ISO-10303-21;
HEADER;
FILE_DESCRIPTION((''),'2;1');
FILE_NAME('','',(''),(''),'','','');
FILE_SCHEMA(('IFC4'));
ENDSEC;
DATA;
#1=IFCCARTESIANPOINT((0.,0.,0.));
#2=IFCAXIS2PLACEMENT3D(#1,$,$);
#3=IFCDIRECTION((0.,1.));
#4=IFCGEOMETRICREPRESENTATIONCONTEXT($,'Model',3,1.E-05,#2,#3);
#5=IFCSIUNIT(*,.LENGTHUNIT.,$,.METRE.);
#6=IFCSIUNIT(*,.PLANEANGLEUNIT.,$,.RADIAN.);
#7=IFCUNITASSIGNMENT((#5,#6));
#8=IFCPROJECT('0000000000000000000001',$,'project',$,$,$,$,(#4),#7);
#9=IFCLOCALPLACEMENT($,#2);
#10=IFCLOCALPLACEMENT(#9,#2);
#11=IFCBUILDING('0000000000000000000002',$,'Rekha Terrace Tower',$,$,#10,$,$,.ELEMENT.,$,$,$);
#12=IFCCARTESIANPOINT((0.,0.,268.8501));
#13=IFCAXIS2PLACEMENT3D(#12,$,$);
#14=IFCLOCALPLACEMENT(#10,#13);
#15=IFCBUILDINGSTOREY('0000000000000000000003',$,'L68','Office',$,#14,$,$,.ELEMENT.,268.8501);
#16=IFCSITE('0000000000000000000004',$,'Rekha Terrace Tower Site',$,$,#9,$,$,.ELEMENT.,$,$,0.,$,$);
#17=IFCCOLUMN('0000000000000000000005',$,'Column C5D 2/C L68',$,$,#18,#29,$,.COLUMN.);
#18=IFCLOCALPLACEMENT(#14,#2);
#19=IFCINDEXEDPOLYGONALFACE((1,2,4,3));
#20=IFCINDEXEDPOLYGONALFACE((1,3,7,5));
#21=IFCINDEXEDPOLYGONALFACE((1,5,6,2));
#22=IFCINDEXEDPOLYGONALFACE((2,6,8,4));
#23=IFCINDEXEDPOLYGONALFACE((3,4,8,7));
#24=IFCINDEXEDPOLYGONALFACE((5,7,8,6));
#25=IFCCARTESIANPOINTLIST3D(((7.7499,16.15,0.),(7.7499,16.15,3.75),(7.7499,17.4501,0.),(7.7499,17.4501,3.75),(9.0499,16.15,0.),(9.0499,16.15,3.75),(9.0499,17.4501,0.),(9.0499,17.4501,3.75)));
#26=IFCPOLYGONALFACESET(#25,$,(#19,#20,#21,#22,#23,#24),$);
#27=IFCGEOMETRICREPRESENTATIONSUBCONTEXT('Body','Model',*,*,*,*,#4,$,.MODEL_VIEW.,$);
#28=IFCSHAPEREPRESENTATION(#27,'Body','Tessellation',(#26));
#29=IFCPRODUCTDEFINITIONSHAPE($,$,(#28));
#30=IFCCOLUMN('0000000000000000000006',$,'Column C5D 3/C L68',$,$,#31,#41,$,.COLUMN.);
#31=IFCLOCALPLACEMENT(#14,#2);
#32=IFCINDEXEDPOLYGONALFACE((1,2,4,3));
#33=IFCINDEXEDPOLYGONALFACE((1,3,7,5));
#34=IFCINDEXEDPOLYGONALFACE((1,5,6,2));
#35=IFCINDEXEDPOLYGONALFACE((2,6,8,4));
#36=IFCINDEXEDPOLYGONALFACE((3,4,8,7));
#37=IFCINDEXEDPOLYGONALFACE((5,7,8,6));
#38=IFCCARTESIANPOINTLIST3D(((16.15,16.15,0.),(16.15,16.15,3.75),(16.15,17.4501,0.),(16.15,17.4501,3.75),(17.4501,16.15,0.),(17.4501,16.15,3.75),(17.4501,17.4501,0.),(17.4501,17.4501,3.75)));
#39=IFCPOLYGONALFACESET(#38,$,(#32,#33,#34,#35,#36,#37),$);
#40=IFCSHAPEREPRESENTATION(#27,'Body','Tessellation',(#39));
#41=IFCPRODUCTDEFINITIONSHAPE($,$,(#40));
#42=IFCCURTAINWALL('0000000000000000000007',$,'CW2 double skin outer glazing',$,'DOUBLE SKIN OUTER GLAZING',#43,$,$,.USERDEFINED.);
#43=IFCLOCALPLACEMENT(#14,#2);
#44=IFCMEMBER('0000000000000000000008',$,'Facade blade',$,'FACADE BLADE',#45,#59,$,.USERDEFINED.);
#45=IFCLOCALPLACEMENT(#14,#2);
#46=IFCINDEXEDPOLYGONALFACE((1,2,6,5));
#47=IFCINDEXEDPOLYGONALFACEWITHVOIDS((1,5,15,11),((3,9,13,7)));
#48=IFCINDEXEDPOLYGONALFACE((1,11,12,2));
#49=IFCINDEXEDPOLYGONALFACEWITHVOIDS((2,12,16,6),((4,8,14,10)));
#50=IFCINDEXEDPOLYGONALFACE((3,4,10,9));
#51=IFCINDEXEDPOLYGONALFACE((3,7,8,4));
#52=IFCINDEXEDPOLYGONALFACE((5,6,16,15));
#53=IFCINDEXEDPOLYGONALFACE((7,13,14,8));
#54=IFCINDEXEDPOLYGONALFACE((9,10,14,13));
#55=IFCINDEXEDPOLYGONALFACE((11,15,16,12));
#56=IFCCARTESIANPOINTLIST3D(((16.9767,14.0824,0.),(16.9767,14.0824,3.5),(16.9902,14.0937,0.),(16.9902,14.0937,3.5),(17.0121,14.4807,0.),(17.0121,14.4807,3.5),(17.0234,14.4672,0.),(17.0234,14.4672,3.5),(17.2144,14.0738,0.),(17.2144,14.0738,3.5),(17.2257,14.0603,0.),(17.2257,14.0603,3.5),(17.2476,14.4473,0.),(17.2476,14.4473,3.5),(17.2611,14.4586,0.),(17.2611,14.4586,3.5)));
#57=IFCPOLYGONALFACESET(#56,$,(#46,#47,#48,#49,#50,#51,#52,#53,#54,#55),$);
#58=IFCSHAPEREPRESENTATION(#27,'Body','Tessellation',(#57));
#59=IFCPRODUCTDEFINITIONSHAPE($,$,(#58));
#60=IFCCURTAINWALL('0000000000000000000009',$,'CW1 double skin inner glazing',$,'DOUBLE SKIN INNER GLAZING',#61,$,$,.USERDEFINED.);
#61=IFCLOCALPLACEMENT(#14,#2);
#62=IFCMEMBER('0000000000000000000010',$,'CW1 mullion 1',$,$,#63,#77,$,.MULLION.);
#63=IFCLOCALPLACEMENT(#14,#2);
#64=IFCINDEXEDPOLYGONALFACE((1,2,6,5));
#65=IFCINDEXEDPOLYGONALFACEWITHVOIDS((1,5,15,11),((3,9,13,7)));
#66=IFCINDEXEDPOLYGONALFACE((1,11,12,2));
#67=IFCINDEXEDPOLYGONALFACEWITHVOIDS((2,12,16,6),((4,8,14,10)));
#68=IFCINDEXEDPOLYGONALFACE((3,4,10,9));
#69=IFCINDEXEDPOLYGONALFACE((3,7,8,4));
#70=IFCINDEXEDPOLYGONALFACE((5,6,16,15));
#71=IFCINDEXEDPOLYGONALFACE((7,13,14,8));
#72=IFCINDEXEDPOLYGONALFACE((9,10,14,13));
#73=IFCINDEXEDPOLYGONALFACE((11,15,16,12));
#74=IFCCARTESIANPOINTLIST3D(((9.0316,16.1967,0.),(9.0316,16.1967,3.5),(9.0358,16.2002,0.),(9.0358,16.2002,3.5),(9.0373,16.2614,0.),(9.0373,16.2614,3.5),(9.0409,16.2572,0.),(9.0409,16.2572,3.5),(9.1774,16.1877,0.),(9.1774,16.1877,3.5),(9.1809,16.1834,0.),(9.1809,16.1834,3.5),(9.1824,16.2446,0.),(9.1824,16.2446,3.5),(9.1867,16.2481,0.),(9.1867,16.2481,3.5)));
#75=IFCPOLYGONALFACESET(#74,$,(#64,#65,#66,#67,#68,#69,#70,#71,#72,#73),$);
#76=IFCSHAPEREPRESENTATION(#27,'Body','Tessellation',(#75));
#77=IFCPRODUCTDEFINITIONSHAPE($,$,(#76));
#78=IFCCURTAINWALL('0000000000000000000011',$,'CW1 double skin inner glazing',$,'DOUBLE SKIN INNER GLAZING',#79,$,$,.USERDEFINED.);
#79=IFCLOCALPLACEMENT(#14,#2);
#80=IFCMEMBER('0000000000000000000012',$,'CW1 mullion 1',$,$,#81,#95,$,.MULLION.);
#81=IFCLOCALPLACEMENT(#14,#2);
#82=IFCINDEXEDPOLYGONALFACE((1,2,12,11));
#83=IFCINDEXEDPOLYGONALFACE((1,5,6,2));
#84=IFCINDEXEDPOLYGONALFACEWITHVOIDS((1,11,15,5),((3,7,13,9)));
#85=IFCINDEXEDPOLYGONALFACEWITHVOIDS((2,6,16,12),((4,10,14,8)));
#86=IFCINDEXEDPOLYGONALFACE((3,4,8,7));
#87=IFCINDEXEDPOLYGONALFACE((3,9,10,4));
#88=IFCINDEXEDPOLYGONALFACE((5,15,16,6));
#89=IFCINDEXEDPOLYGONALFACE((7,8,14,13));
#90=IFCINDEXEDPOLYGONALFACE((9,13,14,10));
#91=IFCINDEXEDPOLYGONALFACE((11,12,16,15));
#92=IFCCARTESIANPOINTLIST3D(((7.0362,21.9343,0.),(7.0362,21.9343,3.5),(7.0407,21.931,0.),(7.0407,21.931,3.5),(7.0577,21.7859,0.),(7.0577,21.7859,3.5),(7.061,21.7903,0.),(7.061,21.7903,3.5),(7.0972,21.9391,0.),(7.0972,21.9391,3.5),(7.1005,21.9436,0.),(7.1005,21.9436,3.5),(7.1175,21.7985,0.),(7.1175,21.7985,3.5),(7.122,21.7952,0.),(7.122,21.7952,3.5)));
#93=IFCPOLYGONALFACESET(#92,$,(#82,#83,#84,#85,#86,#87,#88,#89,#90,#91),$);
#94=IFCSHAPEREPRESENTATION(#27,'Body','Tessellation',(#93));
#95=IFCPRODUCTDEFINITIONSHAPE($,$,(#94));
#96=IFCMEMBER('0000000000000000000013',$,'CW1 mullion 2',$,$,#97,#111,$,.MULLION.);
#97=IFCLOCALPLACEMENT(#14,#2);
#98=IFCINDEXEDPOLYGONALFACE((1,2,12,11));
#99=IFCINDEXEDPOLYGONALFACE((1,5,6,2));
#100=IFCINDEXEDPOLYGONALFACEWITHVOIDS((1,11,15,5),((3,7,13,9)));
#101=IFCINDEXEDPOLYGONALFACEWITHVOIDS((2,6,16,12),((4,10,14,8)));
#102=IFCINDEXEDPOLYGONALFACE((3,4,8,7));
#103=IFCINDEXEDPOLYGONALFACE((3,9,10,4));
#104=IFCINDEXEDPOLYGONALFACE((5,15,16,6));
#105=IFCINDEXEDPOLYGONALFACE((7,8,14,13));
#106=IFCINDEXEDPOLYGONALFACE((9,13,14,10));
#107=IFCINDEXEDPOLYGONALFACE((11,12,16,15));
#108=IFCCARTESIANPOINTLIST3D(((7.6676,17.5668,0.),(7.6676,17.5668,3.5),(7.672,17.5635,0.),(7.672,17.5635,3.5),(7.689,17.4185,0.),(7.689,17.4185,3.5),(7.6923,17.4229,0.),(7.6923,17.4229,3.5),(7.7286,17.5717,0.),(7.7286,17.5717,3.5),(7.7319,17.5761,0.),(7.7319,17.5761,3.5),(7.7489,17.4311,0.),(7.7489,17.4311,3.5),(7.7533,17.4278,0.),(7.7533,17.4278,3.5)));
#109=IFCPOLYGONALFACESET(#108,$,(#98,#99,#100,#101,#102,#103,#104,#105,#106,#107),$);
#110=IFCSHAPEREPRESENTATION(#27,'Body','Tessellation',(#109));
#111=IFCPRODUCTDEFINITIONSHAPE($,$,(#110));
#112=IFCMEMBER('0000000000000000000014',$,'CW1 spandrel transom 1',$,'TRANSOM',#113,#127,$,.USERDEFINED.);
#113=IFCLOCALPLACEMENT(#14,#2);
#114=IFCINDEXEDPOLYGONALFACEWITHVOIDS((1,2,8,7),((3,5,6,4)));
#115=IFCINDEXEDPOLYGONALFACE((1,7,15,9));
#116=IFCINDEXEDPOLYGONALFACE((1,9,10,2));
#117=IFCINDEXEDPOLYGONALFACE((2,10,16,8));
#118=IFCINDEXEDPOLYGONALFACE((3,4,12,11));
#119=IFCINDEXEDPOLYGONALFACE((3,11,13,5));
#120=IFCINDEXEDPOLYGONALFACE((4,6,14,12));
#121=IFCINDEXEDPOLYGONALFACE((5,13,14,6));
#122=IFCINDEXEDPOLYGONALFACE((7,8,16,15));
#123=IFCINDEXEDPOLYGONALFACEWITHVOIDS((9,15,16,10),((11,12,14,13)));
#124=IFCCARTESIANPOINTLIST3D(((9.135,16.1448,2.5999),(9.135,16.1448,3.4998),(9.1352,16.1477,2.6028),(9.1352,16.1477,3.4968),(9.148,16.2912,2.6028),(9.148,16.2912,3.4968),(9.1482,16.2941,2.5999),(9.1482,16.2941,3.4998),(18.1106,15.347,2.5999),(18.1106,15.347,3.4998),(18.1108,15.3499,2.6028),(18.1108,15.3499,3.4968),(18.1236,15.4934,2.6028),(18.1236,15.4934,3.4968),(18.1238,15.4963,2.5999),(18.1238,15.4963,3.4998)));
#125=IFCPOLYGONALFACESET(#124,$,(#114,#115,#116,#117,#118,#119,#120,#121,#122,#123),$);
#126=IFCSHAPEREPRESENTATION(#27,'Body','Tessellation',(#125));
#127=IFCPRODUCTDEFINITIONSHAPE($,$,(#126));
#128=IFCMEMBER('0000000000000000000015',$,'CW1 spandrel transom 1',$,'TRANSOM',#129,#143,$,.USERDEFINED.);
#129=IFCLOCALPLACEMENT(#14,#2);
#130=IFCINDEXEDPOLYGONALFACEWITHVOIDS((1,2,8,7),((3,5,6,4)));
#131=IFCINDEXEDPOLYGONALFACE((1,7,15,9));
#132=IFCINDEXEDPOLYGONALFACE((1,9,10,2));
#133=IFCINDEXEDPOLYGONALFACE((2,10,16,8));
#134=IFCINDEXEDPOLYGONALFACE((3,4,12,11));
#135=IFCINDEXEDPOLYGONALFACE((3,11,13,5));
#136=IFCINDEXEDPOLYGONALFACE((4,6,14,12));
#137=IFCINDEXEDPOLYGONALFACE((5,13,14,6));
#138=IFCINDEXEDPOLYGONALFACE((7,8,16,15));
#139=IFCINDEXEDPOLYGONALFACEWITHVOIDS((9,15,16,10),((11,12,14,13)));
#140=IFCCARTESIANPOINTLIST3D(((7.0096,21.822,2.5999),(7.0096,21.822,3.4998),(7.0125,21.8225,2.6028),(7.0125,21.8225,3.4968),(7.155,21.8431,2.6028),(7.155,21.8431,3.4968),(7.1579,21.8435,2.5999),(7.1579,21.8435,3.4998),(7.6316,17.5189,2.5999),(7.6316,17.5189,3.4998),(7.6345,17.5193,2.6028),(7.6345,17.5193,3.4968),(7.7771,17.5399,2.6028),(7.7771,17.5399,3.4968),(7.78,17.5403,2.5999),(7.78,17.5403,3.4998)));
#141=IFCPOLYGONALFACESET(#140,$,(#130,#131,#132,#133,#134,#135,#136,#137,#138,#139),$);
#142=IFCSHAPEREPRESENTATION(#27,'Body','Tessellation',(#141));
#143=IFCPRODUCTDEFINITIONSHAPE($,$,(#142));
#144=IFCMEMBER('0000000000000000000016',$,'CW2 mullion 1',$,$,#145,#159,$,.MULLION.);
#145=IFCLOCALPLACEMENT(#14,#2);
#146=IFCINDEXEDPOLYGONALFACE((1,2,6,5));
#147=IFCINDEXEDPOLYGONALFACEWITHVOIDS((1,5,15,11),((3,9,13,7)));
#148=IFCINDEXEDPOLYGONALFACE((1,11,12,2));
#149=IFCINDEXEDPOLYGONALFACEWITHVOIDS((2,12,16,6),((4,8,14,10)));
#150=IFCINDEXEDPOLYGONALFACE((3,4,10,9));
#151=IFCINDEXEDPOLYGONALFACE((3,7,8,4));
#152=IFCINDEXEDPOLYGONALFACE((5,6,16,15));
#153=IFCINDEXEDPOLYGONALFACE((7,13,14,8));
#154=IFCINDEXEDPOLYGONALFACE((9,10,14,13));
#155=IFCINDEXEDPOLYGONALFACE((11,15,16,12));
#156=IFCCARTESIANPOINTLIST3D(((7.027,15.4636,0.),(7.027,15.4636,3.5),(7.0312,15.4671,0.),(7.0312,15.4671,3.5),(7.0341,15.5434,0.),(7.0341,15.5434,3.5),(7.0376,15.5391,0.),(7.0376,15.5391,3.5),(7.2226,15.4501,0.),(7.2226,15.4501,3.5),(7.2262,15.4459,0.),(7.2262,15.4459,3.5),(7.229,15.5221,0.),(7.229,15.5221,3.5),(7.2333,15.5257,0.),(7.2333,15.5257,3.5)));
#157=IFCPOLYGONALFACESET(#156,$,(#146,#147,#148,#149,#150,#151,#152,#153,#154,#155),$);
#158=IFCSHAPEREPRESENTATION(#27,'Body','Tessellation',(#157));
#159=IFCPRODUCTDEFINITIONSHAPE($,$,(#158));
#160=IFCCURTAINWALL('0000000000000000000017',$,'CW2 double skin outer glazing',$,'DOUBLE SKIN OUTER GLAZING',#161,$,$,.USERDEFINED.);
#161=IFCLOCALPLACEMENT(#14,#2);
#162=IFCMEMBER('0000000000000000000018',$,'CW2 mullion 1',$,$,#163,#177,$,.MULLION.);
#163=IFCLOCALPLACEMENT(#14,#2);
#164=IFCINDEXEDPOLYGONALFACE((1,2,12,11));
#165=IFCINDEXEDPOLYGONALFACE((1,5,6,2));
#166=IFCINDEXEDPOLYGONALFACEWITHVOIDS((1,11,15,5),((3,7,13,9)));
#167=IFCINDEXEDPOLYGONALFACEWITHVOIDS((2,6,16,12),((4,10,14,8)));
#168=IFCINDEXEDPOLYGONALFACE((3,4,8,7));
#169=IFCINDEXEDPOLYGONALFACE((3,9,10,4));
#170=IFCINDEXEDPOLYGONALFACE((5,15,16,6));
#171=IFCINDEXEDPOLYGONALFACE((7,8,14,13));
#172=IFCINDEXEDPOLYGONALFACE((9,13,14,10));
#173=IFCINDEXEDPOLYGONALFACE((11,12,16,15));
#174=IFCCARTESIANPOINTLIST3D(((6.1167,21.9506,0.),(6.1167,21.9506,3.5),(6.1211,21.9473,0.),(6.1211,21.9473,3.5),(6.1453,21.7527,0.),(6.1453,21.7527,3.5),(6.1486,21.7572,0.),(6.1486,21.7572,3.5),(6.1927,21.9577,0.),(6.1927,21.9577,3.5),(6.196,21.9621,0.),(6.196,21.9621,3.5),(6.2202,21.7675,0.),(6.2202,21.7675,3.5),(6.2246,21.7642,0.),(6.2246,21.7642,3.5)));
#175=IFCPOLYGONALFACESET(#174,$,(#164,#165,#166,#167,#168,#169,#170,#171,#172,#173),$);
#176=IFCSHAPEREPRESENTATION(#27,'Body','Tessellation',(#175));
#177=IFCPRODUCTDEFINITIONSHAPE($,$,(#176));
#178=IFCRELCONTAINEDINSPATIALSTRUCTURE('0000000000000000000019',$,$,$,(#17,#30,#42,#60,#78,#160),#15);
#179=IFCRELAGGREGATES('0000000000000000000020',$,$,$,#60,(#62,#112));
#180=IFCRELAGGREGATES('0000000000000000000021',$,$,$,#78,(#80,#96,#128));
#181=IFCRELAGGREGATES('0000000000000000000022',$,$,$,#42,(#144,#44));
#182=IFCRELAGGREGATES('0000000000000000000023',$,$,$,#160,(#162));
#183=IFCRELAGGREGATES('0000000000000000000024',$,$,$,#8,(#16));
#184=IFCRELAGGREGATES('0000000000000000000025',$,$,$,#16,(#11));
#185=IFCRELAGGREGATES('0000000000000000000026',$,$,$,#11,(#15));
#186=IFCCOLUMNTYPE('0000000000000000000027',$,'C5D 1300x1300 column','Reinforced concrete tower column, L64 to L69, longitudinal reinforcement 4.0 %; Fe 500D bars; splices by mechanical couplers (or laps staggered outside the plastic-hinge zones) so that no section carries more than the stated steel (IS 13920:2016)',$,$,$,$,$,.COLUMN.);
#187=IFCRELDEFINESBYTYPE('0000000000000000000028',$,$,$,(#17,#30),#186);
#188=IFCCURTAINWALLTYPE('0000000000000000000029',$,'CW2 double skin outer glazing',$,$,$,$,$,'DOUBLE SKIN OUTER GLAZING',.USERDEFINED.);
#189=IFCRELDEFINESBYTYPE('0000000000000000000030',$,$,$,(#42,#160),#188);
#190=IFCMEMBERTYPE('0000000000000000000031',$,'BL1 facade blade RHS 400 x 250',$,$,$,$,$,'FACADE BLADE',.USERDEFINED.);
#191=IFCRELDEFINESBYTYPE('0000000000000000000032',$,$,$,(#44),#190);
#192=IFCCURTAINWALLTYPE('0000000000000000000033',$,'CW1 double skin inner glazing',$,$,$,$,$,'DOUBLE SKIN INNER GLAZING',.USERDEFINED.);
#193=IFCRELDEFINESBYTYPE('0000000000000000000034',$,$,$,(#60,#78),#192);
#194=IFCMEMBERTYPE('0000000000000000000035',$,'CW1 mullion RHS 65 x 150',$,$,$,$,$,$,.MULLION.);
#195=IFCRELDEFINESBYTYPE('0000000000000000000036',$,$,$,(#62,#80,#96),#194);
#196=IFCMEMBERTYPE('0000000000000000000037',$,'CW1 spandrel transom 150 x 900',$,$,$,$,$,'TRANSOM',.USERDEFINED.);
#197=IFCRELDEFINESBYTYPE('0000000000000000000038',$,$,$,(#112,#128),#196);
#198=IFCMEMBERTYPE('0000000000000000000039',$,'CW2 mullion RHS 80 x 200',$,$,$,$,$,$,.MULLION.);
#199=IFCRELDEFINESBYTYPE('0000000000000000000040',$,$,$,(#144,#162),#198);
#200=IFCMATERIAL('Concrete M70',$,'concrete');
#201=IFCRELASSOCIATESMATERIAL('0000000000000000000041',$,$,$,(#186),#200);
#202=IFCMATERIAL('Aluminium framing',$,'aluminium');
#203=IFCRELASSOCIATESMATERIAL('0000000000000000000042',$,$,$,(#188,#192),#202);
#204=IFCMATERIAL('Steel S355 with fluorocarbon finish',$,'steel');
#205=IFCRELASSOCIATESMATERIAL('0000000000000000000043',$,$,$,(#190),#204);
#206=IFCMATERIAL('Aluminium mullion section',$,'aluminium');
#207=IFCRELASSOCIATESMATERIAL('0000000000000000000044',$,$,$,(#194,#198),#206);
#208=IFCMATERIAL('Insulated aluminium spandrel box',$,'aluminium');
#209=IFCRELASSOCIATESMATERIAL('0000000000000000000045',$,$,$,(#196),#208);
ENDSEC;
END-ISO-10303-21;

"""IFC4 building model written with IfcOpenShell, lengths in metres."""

from ifc_helpers import new_model, si_unit, direction, frame, origin, origin_2d, place, context, subcontext, project, spatial, rectangle, hollow_rectangle, extrude, material, material_profile, profile_set, type_object, element, aggregate, save


model = new_model("IFC4")

# Units and contexts
model_context = context("Model", 3, precision=1e-05, world=origin(), true_north=direction((0.0, 1.0)))
body_context = subcontext(model_context, "Body", "Model", "MODEL_VIEW")
ifc_project = project(units=[si_unit("LENGTHUNIT", "METRE"), si_unit("PLANEANGLEUNIT", "RADIAN")], contexts=[model_context])

# Site, building, storey
site_placement = place(None, origin())
site = spatial("IfcSite", under=ifc_project, at=site_placement, Name="Rekha Terrace Tower Site", CompositionType="ELEMENT", RefElevation=0.0)
building_placement = place(site_placement, origin())
building = spatial("IfcBuilding", under=site, at=building_placement, Name="Rekha Terrace Tower", CompositionType="ELEMENT")
storey_placement = place(building_placement, frame((0.0, 0.0, 268.8501)))
storey = spatial("IfcBuildingStorey", under=building, at=storey_placement, Name="L68", Description="Office", CompositionType="ELEMENT", Elevation=268.8501)

# Columns
ifc_material_1 = material(Name="Concrete M70", Category="concrete")
ifc_material_profile_1 = material_profile(ifc_material_1, rectangle(XDim=1.3, YDim=1.3, at=origin_2d()), Name="RC 1300x1300")
ifc_profile_set_1 = profile_set([ifc_material_profile_1], Name="Concrete M70")
column_type = type_object("IfcColumnType", Name="C5D 1300x1300 column", Description="Reinforced concrete tower column, L64 to L69, longitudinal reinforcement 4.0 %; Fe 500D bars; splices by mechanical couplers (or laps staggered outside the plastic-hinge zones) so that no section carries more than the stated steel (IS 13920:2016)", PredefinedType="COLUMN", material=ifc_profile_set_1)
for number, where, z_axis, x_axis, name in (
    (1, (8.3999, 16.8, 0.0), (0.0, 0.0, 1.0), (1.0, 0.0, 0.0), "Column C5D 2/C L68"),
    (2, (16.8, 16.8, 0.0), (0.0, 0.0, 1.0), (1.0, 0.0, 0.0), "Column C5D 3/C L68"),
):
    element("IfcColumn", number, at=place(storey_placement, frame(where, z_axis=z_axis, x_axis=x_axis)), inside=storey, type_object=column_type, Name=name, PredefinedType="COLUMN", context=body_context, shape_type="SweptSolid", body=[
        extrude(rectangle(XDim=1.3, YDim=1.3, at=origin_2d()), origin(), (0.0, 0.0, 1.0), 3.75),
    ])

# Curtain walls, members
ifc_material_2 = material(Name="Aluminium framing", Category="aluminium")
curtain_wall_type_1 = type_object("IfcCurtainWallType", Name="CW2 double skin outer glazing", ElementType="DOUBLE SKIN OUTER GLAZING", PredefinedType="USERDEFINED", material=ifc_material_2)
curtain_wall_1_placement = place(storey_placement, origin())
curtain_wall_1 = element("IfcCurtainWall", 3, at=curtain_wall_1_placement, inside=storey, type_object=curtain_wall_type_1, Name="CW2 double skin outer glazing", ObjectType="DOUBLE SKIN OUTER GLAZING", PredefinedType="USERDEFINED")
ifc_material_3 = material(Name="Steel S355 with fluorocarbon finish", Category="steel")
ifc_material_profile_2 = material_profile(ifc_material_3, hollow_rectangle(XDim=0.25, YDim=0.3999, WallThickness=0.0125, at=origin_2d()), Name="RHS400x250x12.5")
ifc_profile_set_2 = profile_set([ifc_material_profile_2], Name="Steel S355 with fluorocarbon finish")
member_type_1 = type_object("IfcMemberType", Name="BL1 facade blade RHS 400 x 250", ElementType="FACADE BLADE", PredefinedType="USERDEFINED", material=ifc_profile_set_2)
member_1_placement = place(storey_placement, frame((17.1189, 14.2705, 0.0), z_axis=(0.0, 0.0, 1.0), x_axis=(0.996074, -0.088522, 0.0)))
member_1 = element("IfcMember", 4, at=member_1_placement, type_object=member_type_1, Name="Facade blade", ObjectType="FACADE BLADE", PredefinedType="USERDEFINED", context=body_context, shape_type="SweptSolid", body=[
    extrude(hollow_rectangle(XDim=0.25, YDim=0.3999, WallThickness=0.0125, at=origin_2d()), origin(), (0.0, 0.0, 1.0), 3.5),
])
curtain_wall_type_2 = type_object("IfcCurtainWallType", Name="CW1 double skin inner glazing", ElementType="DOUBLE SKIN INNER GLAZING", PredefinedType="USERDEFINED", material=ifc_material_2)
curtain_wall_2_placement = place(storey_placement, origin())
curtain_wall_2 = element("IfcCurtainWall", 5, at=curtain_wall_2_placement, inside=storey, type_object=curtain_wall_type_2, Name="CW1 double skin inner glazing", ObjectType="DOUBLE SKIN INNER GLAZING", PredefinedType="USERDEFINED")
ifc_material_4 = material(Name="Aluminium mullion section", Category="aluminium")
ifc_material_profile_3 = material_profile(ifc_material_4, hollow_rectangle(XDim=0.0649, YDim=0.1499, WallThickness=0.0039, at=origin_2d()), Name="AL RHS 65x150")
ifc_profile_set_3 = profile_set([ifc_material_profile_3], Name="Aluminium mullion section")
member_type_2 = type_object("IfcMemberType", Name="CW1 mullion RHS 65 x 150", PredefinedType="MULLION", material=ifc_profile_set_3)
member_2_placement = place(storey_placement, frame((9.1091, 16.2224, 0.0), z_axis=(0.0, 0.0, 1.0), x_axis=(0.088522, 0.996074, 0.0)))
member_2 = element("IfcMember", 6, at=member_2_placement, type_object=member_type_2, Name="CW1 mullion 1", PredefinedType="MULLION", context=body_context, shape_type="SweptSolid", body=[
    extrude(hollow_rectangle(XDim=0.0649, YDim=0.1499, WallThickness=0.0039, at=origin_2d()), origin(), (0.0, 0.0, 1.0), 3.5),
])

# Curtain wall, members
curtain_wall_3_placement = place(storey_placement, origin())
curtain_wall_3 = element("IfcCurtainWall", 7, at=curtain_wall_3_placement, inside=storey, type_object=curtain_wall_type_2, Name="CW1 double skin inner glazing", ObjectType="DOUBLE SKIN INNER GLAZING", PredefinedType="USERDEFINED")
member_3_placement = place(storey_placement, frame((7.0791, 21.8647, 0.0), z_axis=(0.0, 0.0, 1.0), x_axis=(0.989707, 0.143108, 0.0)))
member_3 = element("IfcMember", 8, at=member_3_placement, type_object=member_type_2, Name="CW1 mullion 1", PredefinedType="MULLION", context=body_context, shape_type="SweptSolid", body=[
    extrude(hollow_rectangle(XDim=0.0649, YDim=0.1499, WallThickness=0.0039, at=origin_2d()), origin(), (0.0, 0.0, 1.0), 3.5),
])
member_4_placement = place(storey_placement, frame((7.7104, 17.4973, 0.0), z_axis=(0.0, 0.0, 1.0), x_axis=(0.989707, 0.143108, 0.0)))
member_4 = element("IfcMember", 9, at=member_4_placement, type_object=member_type_2, Name="CW1 mullion 2", PredefinedType="MULLION", context=body_context, shape_type="SweptSolid", body=[
    extrude(hollow_rectangle(XDim=0.0649, YDim=0.1499, WallThickness=0.0039, at=origin_2d()), origin(), (0.0, 0.0, 1.0), 3.5),
])

# Members
ifc_material_5 = material(Name="Insulated aluminium spandrel box", Category="aluminium")
ifc_material_profile_4 = material_profile(ifc_material_5, hollow_rectangle(XDim=0.1499, YDim=0.8999, WallThickness=0.0029, at=origin_2d()), Name="AL SPANDREL BOX 150x900")
ifc_profile_set_4 = profile_set([ifc_material_profile_4], Name="Insulated aluminium spandrel box")
member_type_3 = type_object("IfcMemberType", Name="CW1 spandrel transom 150 x 900", ElementType="TRANSOM", PredefinedType="USERDEFINED", material=ifc_profile_set_4)
member_5_placement = place(storey_placement, frame((9.1416, 16.2195, 3.0498), z_axis=(0.996072, -0.088542, 0.0), x_axis=(0.088542, 0.996072, 0.0)))
member_5 = element("IfcMember", 10, at=member_5_placement, type_object=member_type_3, Name="CW1 spandrel transom 1", ObjectType="TRANSOM", PredefinedType="USERDEFINED", context=body_context, shape_type="SweptSolid", body=[
    extrude(hollow_rectangle(XDim=0.1499, YDim=0.8999, WallThickness=0.0029, at=origin_2d()), origin(), (0.0, 0.0, 1.0), 9.011),
])
member_6_placement = place(storey_placement, frame((7.0837, 21.8328, 3.0498), z_axis=(0.143072, -0.989712, 0.0), x_axis=(0.989712, 0.143072, 0.0)))
member_6 = element("IfcMember", 11, at=member_6_placement, type_object=member_type_3, Name="CW1 spandrel transom 1", ObjectType="TRANSOM", PredefinedType="USERDEFINED", context=body_context, shape_type="SweptSolid", body=[
    extrude(hollow_rectangle(XDim=0.1499, YDim=0.8999, WallThickness=0.0029, at=origin_2d()), origin(), (0.0, 0.0, 1.0), 4.3479),
])
ifc_material_profile_5 = material_profile(ifc_material_4, hollow_rectangle(XDim=0.0801, YDim=0.2, WallThickness=0.0039, at=origin_2d()), Name="AL RHS 80x200")
ifc_profile_set_5 = profile_set([ifc_material_profile_5], Name="Aluminium mullion section")
member_type_4 = type_object("IfcMemberType", Name="CW2 mullion RHS 80 x 200", PredefinedType="MULLION", material=ifc_profile_set_5)
member_7_placement = place(storey_placement, frame((7.1301, 15.4946, 0.0), z_axis=(0.0, 0.0, 1.0), x_axis=(0.088522, 0.996074, 0.0)))
member_7 = element("IfcMember", 12, at=member_7_placement, type_object=member_type_4, Name="CW2 mullion 1", PredefinedType="MULLION", context=body_context, shape_type="SweptSolid", body=[
    extrude(hollow_rectangle(XDim=0.0801, YDim=0.2, WallThickness=0.0039, at=origin_2d()), origin(), (0.0, 0.0, 1.0), 3.5),
])

# Curtain wall, member
curtain_wall_4_placement = place(storey_placement, origin())
curtain_wall_4 = element("IfcCurtainWall", 13, at=curtain_wall_4_placement, inside=storey, type_object=curtain_wall_type_1, Name="CW2 double skin outer glazing", ObjectType="DOUBLE SKIN OUTER GLAZING", PredefinedType="USERDEFINED")
member_8_placement = place(storey_placement, frame((6.1707, 21.8574, 0.0), z_axis=(0.0, 0.0, 1.0), x_axis=(0.989707, 0.143108, 0.0)))
member_8 = element("IfcMember", 14, at=member_8_placement, type_object=member_type_4, Name="CW2 mullion 1", PredefinedType="MULLION", context=body_context, shape_type="SweptSolid", body=[
    extrude(hollow_rectangle(XDim=0.0801, YDim=0.2, WallThickness=0.0039, at=origin_2d()), origin(), (0.0, 0.0, 1.0), 3.5),
])

aggregate(curtain_wall_2, [member_2, member_5])
aggregate(curtain_wall_3, [member_3, member_4, member_6])
aggregate(curtain_wall_1, [member_7, member_1])
aggregate(curtain_wall_4, [member_8])

save(model, "model.ifc")
